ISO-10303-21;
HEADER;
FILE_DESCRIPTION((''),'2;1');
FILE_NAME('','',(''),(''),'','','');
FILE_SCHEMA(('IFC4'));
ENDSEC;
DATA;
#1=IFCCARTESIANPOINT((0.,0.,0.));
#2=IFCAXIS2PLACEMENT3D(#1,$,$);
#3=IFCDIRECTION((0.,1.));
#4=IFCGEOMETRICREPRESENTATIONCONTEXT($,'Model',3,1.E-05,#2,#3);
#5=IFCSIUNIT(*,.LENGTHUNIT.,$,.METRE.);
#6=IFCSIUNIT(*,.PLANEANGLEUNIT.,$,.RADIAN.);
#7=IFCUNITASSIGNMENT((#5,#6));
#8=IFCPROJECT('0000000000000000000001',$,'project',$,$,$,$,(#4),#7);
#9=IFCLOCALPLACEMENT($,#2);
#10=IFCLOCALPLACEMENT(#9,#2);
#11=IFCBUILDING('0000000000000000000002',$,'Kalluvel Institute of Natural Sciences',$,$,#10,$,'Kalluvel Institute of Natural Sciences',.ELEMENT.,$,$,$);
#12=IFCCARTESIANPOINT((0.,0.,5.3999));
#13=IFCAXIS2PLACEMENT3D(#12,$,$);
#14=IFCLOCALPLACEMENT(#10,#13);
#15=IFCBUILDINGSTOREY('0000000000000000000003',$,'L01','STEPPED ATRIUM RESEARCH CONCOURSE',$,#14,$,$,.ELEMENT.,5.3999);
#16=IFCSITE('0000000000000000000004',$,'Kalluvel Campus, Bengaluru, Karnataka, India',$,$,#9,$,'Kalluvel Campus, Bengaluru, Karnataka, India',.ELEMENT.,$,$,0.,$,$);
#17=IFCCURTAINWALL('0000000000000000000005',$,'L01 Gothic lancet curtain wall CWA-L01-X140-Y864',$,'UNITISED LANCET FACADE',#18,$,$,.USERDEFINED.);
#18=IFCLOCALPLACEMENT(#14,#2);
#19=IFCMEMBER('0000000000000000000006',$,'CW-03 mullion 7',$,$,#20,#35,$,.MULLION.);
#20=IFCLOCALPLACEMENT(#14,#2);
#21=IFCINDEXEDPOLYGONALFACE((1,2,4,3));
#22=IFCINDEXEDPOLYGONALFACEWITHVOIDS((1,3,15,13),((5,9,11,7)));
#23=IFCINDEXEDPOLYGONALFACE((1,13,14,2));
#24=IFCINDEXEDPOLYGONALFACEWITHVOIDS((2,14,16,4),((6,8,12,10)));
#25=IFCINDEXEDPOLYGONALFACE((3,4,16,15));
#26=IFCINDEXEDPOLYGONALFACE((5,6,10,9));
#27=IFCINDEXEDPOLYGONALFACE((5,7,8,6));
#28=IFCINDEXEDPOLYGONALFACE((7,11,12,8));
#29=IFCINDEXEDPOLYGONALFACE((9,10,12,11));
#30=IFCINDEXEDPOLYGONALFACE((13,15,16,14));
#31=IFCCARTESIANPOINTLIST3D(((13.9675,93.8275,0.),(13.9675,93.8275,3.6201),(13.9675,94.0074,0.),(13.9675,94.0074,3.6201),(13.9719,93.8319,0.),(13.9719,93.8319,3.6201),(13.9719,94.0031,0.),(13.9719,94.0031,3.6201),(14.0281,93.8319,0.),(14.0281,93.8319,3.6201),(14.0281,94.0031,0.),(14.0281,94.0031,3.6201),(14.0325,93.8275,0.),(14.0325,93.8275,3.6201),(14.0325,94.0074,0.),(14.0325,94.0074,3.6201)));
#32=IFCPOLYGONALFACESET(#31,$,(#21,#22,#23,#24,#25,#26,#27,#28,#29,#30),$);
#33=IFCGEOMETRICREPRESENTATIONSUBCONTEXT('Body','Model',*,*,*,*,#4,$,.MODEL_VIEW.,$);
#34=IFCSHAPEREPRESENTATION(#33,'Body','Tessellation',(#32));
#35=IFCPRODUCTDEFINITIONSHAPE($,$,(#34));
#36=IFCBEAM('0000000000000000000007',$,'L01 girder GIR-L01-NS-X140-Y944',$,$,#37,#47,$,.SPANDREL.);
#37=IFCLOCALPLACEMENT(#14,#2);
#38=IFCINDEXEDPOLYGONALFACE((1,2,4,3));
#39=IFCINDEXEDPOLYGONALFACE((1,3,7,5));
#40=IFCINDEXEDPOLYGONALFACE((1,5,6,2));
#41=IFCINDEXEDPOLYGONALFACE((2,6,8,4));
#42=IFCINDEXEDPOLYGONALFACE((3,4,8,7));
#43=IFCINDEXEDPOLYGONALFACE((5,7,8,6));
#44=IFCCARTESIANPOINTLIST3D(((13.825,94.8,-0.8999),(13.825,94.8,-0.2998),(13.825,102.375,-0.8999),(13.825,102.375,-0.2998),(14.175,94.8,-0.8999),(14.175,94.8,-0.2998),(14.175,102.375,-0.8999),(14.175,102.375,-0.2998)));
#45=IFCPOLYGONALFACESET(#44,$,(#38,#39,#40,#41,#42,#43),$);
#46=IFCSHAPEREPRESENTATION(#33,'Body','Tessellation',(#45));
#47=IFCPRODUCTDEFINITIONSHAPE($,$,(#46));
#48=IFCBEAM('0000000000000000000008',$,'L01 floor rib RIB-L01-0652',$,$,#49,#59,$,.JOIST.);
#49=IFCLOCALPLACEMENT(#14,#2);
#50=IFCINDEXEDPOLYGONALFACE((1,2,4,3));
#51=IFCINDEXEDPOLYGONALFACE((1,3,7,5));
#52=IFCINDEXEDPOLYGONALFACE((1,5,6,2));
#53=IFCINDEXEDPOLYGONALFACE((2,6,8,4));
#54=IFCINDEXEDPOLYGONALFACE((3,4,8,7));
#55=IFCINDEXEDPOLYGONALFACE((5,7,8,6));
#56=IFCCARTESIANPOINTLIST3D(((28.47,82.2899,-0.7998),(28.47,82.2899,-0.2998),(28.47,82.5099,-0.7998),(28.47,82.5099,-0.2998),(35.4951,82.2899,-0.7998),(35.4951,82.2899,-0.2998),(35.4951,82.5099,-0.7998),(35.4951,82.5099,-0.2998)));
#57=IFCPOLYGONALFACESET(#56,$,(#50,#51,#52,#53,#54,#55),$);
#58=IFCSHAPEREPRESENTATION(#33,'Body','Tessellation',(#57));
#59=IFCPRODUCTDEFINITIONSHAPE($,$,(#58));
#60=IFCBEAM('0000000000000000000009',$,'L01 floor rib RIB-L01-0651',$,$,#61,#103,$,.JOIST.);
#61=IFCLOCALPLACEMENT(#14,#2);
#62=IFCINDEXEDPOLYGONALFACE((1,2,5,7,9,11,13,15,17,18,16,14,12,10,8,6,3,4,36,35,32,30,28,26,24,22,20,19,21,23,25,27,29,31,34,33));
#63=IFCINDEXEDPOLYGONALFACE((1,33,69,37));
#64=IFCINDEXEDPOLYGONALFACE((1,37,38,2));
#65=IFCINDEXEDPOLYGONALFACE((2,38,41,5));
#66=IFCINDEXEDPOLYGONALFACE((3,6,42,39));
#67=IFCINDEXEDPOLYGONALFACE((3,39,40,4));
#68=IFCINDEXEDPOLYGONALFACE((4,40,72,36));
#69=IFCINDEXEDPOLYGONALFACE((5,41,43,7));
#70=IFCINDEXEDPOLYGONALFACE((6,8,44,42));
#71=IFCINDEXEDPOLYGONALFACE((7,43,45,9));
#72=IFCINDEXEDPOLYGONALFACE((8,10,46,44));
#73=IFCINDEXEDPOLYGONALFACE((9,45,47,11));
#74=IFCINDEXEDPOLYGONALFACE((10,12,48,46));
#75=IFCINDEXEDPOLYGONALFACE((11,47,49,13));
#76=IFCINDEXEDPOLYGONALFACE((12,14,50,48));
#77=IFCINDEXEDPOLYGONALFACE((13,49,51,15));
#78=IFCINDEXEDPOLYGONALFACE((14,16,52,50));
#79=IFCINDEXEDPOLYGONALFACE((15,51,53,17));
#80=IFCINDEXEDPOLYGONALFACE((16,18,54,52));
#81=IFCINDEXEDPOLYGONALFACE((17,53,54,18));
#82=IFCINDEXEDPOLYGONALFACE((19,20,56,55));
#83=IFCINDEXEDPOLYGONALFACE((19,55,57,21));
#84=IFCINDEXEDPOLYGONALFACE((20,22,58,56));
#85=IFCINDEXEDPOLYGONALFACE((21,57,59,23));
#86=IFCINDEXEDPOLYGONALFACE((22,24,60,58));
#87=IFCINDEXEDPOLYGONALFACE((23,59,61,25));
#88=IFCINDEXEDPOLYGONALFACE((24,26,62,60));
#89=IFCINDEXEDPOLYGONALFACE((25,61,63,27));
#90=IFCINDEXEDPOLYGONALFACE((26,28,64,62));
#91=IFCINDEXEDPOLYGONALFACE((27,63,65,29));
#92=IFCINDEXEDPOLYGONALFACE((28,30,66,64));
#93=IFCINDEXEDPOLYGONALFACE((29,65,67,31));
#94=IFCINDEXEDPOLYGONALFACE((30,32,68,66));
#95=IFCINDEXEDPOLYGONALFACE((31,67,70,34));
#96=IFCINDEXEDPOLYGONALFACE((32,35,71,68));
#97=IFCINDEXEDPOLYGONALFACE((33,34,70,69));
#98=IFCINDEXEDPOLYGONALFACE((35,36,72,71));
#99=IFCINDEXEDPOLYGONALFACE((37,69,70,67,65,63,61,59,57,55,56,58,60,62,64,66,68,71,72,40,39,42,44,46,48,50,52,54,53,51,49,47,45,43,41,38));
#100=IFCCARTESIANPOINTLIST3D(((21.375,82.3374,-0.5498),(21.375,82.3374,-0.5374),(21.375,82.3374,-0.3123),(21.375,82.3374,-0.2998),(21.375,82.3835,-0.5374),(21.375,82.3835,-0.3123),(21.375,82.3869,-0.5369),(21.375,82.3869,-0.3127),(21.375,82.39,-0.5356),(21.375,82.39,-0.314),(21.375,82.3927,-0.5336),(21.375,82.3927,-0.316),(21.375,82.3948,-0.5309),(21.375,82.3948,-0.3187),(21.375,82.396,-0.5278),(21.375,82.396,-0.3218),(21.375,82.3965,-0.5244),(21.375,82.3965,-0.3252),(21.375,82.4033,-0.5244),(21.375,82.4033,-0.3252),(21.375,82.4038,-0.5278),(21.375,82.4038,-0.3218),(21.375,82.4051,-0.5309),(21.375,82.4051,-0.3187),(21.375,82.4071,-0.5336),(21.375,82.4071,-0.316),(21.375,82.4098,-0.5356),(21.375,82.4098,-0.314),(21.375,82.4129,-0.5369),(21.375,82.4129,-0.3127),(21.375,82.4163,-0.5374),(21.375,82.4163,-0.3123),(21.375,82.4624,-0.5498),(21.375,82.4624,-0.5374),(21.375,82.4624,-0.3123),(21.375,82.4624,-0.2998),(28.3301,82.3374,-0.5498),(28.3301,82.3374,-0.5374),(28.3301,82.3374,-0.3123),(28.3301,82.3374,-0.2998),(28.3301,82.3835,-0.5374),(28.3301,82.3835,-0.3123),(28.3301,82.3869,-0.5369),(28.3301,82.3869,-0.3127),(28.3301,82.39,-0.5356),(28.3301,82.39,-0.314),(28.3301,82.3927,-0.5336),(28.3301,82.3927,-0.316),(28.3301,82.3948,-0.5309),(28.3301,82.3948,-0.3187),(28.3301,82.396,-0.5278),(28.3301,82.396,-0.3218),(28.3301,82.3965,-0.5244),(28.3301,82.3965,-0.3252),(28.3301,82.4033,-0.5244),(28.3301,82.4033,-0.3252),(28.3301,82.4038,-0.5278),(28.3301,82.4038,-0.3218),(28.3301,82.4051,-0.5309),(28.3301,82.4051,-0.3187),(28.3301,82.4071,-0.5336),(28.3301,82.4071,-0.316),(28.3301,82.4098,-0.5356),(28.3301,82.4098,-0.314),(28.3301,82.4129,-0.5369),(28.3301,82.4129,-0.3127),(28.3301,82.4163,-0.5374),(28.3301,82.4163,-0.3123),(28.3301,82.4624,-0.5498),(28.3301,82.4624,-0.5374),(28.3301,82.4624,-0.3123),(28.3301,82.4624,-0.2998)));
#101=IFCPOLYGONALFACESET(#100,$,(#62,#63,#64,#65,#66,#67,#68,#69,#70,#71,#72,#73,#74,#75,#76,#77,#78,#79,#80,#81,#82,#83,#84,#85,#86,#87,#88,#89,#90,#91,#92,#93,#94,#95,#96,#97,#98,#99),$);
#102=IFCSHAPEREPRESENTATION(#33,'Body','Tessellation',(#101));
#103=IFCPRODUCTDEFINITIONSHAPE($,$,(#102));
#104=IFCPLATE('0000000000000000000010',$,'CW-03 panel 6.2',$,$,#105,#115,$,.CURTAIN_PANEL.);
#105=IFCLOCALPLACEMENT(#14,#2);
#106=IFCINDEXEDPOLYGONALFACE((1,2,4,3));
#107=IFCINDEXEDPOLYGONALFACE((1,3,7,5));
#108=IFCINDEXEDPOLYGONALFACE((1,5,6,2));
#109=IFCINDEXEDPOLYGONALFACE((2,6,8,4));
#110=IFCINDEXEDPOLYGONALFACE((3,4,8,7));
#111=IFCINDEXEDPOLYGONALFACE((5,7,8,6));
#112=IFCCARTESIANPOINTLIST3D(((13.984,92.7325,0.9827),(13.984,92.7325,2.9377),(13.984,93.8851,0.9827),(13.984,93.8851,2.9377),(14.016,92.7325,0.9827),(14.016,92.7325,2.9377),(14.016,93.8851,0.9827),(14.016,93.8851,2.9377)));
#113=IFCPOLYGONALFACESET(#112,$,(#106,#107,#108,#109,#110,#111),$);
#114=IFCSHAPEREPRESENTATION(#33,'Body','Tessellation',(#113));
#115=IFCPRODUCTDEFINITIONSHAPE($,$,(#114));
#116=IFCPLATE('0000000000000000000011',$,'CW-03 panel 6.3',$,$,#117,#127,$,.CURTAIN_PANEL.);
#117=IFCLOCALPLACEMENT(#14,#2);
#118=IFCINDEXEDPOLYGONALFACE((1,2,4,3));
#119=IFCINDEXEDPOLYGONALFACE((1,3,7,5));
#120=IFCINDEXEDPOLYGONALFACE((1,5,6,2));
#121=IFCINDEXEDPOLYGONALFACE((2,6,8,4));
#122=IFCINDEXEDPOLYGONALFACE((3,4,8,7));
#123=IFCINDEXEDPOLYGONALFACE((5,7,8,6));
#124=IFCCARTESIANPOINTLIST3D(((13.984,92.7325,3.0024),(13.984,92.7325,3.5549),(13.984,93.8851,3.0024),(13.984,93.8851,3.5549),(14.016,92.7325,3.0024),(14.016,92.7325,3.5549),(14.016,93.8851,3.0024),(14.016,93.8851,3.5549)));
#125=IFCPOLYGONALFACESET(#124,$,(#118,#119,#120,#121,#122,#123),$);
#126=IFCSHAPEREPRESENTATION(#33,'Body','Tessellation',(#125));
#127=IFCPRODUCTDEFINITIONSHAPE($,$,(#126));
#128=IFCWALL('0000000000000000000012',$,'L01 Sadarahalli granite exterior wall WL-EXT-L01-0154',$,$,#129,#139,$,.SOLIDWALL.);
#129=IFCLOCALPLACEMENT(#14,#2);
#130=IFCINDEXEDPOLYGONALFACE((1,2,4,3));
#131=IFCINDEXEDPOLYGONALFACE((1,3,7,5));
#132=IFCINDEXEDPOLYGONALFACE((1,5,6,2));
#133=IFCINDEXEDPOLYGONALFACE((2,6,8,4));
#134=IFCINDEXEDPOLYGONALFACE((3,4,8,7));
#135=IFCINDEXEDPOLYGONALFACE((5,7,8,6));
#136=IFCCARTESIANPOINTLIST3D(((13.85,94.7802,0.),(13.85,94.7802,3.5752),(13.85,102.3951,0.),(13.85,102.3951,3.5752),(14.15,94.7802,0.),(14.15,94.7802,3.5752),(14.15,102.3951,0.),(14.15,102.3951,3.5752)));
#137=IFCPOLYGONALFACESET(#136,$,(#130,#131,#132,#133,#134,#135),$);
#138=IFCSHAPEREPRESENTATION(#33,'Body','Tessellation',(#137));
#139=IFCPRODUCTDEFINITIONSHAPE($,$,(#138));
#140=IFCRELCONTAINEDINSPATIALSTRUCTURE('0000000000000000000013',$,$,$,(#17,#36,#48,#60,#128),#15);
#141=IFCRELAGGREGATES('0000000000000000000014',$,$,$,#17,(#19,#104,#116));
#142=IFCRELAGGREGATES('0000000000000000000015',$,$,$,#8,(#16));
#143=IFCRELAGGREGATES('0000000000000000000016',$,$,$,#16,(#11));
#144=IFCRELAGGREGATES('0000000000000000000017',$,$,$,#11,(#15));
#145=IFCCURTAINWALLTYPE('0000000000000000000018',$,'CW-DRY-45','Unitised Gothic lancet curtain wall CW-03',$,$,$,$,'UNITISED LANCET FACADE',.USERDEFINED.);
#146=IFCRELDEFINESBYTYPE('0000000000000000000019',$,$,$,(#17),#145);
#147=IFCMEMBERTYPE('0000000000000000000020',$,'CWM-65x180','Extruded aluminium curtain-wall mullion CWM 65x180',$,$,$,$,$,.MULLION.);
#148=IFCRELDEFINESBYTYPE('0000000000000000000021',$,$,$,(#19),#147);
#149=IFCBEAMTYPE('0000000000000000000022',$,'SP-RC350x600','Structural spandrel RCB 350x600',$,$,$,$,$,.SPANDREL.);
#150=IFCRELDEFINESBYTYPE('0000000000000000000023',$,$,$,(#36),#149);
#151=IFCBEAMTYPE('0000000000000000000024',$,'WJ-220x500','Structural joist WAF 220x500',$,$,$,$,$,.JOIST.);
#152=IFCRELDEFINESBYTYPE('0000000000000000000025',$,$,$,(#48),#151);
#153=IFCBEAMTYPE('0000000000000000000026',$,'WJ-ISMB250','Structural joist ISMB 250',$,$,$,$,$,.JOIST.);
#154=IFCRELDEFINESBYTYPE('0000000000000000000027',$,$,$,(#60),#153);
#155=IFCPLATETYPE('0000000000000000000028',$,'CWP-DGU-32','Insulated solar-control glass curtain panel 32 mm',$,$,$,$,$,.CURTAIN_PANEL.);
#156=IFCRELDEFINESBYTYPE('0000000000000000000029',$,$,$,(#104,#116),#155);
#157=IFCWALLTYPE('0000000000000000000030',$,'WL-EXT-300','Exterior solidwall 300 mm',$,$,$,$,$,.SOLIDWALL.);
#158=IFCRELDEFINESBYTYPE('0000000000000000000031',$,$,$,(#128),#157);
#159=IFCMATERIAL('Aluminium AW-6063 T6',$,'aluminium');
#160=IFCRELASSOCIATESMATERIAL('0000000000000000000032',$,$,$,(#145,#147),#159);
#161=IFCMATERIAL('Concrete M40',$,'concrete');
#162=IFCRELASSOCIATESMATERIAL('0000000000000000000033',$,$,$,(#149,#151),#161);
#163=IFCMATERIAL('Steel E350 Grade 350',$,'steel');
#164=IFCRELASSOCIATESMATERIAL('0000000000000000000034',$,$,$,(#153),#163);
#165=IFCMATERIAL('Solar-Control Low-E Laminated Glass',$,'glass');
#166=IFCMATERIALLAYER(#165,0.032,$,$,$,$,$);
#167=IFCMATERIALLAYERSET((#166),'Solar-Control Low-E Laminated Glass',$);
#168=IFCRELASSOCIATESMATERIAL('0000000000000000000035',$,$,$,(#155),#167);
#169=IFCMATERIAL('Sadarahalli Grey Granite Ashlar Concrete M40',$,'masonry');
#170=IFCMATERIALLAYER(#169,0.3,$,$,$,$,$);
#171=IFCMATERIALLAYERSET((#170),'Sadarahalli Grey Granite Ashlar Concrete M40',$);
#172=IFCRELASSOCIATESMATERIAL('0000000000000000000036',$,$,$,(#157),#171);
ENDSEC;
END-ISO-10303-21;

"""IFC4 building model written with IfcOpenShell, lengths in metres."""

from ifc_helpers import new_model, si_unit, direction, frame, frame_2d, origin, origin_2d, place, context, subcontext, project, spatial, rectangle, hollow_rectangle, i_section, extrude, material, layer, layer_set, material_profile, profile_set, type_object, element, aggregate, save


model = new_model("IFC4")

# Units and contexts
model_context = context("Model", 3, precision=1e-05, world=origin(), true_north=direction((0.0, 1.0)))
body_context = subcontext(model_context, "Body", "Model", "MODEL_VIEW")
ifc_project = project(units=[si_unit("LENGTHUNIT", "METRE"), si_unit("PLANEANGLEUNIT", "RADIAN")], contexts=[model_context])

# Site, building, storey
site_placement = place(None, origin())
site = spatial("IfcSite", under=ifc_project, at=site_placement, Name="Kalluvel Campus, Bengaluru, Karnataka, India", LongName="Kalluvel Campus, Bengaluru, Karnataka, India", CompositionType="ELEMENT", RefElevation=0.0)
building_placement = place(site_placement, origin())
building = spatial("IfcBuilding", under=site, at=building_placement, Name="Kalluvel Institute of Natural Sciences", LongName="Kalluvel Institute of Natural Sciences", CompositionType="ELEMENT")
storey_placement = place(building_placement, frame((0.0, 0.0, 5.3999)))
storey = spatial("IfcBuildingStorey", under=building, at=storey_placement, Name="L01", Description="STEPPED ATRIUM RESEARCH CONCOURSE", CompositionType="ELEMENT", Elevation=5.3999)

# Shared definitions
ifc_material_1 = material(Name="Steel E350 Grade 350", Category="steel")
ifc_material_2 = material(Name="Concrete M40", Category="concrete")

# Curtain wall, member
ifc_material_3 = material(Name="Aluminium AW-6063 T6", Category="aluminium")
curtain_wall_type = type_object("IfcCurtainWallType", Name="CW-DRY-45", Description="Unitised Gothic lancet curtain wall CW-03", ElementType="UNITISED LANCET FACADE", PredefinedType="USERDEFINED", material=ifc_material_3)
curtain_wall_placement = place(storey_placement, origin())
curtain_wall = element("IfcCurtainWall", 1, at=curtain_wall_placement, inside=storey, type_object=curtain_wall_type, Name="L01 Gothic lancet curtain wall CWA-L01-X140-Y864", ObjectType="UNITISED LANCET FACADE", PredefinedType="USERDEFINED")
ifc_material_profile_1 = material_profile(ifc_material_3, hollow_rectangle(XDim=0.0649, YDim=0.1799, WallThickness=0.0044, at=origin_2d()), Name="CWM 65x180")
ifc_profile_set_1 = profile_set([ifc_material_profile_1], Name="Aluminium AW-6063 T6")
member_type = type_object("IfcMemberType", Name="CWM-65x180", Description="Extruded aluminium curtain-wall mullion CWM 65x180", PredefinedType="MULLION", material=ifc_profile_set_1)
member_placement = place(storey_placement, frame((14.0, 93.9175, 0.0), z_axis=(0.0, 0.0, 1.0), x_axis=(-1.0, 0.0, 0.0)))
member = element("IfcMember", 2, at=member_placement, type_object=member_type, Name="CW-03 mullion 7", PredefinedType="MULLION", context=body_context, shape_type="SweptSolid", body=[
    extrude(hollow_rectangle(XDim=0.0649, YDim=0.1799, WallThickness=0.0044, at=origin_2d()), origin(), (0.0, 0.0, 1.0), 3.6201),
])

# Beams
ifc_material_profile_2 = material_profile(ifc_material_2, rectangle(XDim=0.3501, YDim=0.6001, at=origin_2d()), Name="RCB 350x600")
ifc_profile_set_2 = profile_set([ifc_material_profile_2], Name="Concrete M40")
beam_type_1 = type_object("IfcBeamType", Name="SP-RC350x600", Description="Structural spandrel RCB 350x600", PredefinedType="SPANDREL", material=ifc_profile_set_2)
beam_1_placement = place(storey_placement, frame((14.0, 94.8, -0.5999), z_axis=(0.0, 1.0, 0.0), x_axis=(-1.0, 0.0, 0.0)))
element("IfcBeam", 3, at=beam_1_placement, inside=storey, type_object=beam_type_1, Name="L01 girder GIR-L01-NS-X140-Y944", PredefinedType="SPANDREL", context=body_context, shape_type="SweptSolid", body=[
    extrude(rectangle(XDim=0.3501, YDim=0.6001, at=origin_2d()), origin(), (0.0, 0.0, 1.0), 7.575),
])
ifc_material_profile_3 = material_profile(ifc_material_2, rectangle(XDim=0.22, YDim=0.5, at=origin_2d()), Name="WAF 220x500")
ifc_profile_set_3 = profile_set([ifc_material_profile_3], Name="Concrete M40")
beam_type_2 = type_object("IfcBeamType", Name="WJ-220x500", Description="Structural joist WAF 220x500", PredefinedType="JOIST", material=ifc_profile_set_3)
beam_2_placement = place(storey_placement, frame((28.47, 82.3999, -0.5498), z_axis=(1.0, 0.0, 0.0), x_axis=(0.0, 1.0, 0.0)))
element("IfcBeam", 4, at=beam_2_placement, inside=storey, type_object=beam_type_2, Name="L01 floor rib RIB-L01-0652", PredefinedType="JOIST", context=body_context, shape_type="SweptSolid", body=[
    extrude(rectangle(XDim=0.22, YDim=0.5, at=origin_2d()), origin(), (0.0, 0.0, 1.0), 7.0251),
])
ifc_material_profile_4 = material_profile(ifc_material_1, i_section(OverallWidth=0.125, OverallDepth=0.25, WebThickness=0.0068, FlangeThickness=0.0125, FilletRadius=0.0129, at=origin_2d()), Name="ISMB 250")
ifc_profile_set_4 = profile_set([ifc_material_profile_4], Name="Steel E350 Grade 350")
beam_type_3 = type_object("IfcBeamType", Name="WJ-ISMB250", Description="Structural joist ISMB 250", PredefinedType="JOIST", material=ifc_profile_set_4)
beam_3_placement = place(storey_placement, frame((21.375, 82.3999, -0.4248), z_axis=(1.0, 0.0, 0.0), x_axis=(0.0, 1.0, 0.0)))
element("IfcBeam", 5, at=beam_3_placement, inside=storey, type_object=beam_type_3, Name="L01 floor rib RIB-L01-0651", PredefinedType="JOIST", context=body_context, shape_type="SweptSolid", body=[
    extrude(i_section(OverallWidth=0.125, OverallDepth=0.25, WebThickness=0.0068, FlangeThickness=0.0125, FilletRadius=0.0129, at=origin_2d()), origin(), (0.0, 0.0, 1.0), 6.9551),
])

# Plates
ifc_material_4 = material(Name="Solar-Control Low-E Laminated Glass", Category="glass")
ifc_layer_1 = layer(ifc_material_4, 0.032)
ifc_layer_set_1 = layer_set([ifc_layer_1], Name="Solar-Control Low-E Laminated Glass")
plate_type = type_object("IfcPlateType", Name="CWP-DGU-32", Description="Insulated solar-control glass curtain panel 32 mm", PredefinedType="CURTAIN_PANEL", material=ifc_layer_set_1)
plate_1_placement = place(storey_placement, frame((14.0, 93.3088, 0.9827), z_axis=(0.0, 0.0, 1.0), x_axis=(0.0, 1.0, 0.0)))
plate_1 = element("IfcPlate", 6, at=plate_1_placement, type_object=plate_type, Name="CW-03 panel 6.2", PredefinedType="CURTAIN_PANEL", context=body_context, shape_type="SweptSolid", body=[
    extrude(rectangle(XDim=1.1526, YDim=0.032, at=origin_2d()), origin(), (0.0, 0.0, 1.0), 1.9551),
])
plate_2_placement = place(storey_placement, frame((14.0, 93.3088, 3.0024), z_axis=(0.0, 0.0, 1.0), x_axis=(0.0, 1.0, 0.0)))
plate_2 = element("IfcPlate", 7, at=plate_2_placement, type_object=plate_type, Name="CW-03 panel 6.3", PredefinedType="CURTAIN_PANEL", context=body_context, shape_type="SweptSolid", body=[
    extrude(rectangle(XDim=1.1526, YDim=0.032, at=origin_2d()), origin(), (0.0, 0.0, 1.0), 0.5525),
])
aggregate(curtain_wall, [member, plate_1, plate_2])

# Wall
ifc_material_5 = material(Name="Sadarahalli Grey Granite Ashlar Concrete M40", Category="masonry")
ifc_layer_2 = layer(ifc_material_5, 0.3)
ifc_layer_set_2 = layer_set([ifc_layer_2], Name="Sadarahalli Grey Granite Ashlar Concrete M40")
wall_type = type_object("IfcWallType", Name="WL-EXT-300", Description="Exterior solidwall 300 mm", PredefinedType="SOLIDWALL", material=ifc_layer_set_2)
wall_placement = place(storey_placement, frame((14.0, 94.78, 0.0), z_axis=(0.0, 0.0, 1.0), x_axis=(0.0, 1.0, 0.0)))
element("IfcWall", 8, at=wall_placement, inside=storey, type_object=wall_type, Name="L01 Sadarahalli granite exterior wall WL-EXT-L01-0154", PredefinedType="SOLIDWALL", context=body_context, shape_type="SweptSolid", body=[
    extrude(rectangle(XDim=7.615, YDim=0.3, at=frame_2d((3.8076, 0.0))), origin(), (0.0, 0.0, 1.0), 3.5752),
])

save(model, "model.ifc")
